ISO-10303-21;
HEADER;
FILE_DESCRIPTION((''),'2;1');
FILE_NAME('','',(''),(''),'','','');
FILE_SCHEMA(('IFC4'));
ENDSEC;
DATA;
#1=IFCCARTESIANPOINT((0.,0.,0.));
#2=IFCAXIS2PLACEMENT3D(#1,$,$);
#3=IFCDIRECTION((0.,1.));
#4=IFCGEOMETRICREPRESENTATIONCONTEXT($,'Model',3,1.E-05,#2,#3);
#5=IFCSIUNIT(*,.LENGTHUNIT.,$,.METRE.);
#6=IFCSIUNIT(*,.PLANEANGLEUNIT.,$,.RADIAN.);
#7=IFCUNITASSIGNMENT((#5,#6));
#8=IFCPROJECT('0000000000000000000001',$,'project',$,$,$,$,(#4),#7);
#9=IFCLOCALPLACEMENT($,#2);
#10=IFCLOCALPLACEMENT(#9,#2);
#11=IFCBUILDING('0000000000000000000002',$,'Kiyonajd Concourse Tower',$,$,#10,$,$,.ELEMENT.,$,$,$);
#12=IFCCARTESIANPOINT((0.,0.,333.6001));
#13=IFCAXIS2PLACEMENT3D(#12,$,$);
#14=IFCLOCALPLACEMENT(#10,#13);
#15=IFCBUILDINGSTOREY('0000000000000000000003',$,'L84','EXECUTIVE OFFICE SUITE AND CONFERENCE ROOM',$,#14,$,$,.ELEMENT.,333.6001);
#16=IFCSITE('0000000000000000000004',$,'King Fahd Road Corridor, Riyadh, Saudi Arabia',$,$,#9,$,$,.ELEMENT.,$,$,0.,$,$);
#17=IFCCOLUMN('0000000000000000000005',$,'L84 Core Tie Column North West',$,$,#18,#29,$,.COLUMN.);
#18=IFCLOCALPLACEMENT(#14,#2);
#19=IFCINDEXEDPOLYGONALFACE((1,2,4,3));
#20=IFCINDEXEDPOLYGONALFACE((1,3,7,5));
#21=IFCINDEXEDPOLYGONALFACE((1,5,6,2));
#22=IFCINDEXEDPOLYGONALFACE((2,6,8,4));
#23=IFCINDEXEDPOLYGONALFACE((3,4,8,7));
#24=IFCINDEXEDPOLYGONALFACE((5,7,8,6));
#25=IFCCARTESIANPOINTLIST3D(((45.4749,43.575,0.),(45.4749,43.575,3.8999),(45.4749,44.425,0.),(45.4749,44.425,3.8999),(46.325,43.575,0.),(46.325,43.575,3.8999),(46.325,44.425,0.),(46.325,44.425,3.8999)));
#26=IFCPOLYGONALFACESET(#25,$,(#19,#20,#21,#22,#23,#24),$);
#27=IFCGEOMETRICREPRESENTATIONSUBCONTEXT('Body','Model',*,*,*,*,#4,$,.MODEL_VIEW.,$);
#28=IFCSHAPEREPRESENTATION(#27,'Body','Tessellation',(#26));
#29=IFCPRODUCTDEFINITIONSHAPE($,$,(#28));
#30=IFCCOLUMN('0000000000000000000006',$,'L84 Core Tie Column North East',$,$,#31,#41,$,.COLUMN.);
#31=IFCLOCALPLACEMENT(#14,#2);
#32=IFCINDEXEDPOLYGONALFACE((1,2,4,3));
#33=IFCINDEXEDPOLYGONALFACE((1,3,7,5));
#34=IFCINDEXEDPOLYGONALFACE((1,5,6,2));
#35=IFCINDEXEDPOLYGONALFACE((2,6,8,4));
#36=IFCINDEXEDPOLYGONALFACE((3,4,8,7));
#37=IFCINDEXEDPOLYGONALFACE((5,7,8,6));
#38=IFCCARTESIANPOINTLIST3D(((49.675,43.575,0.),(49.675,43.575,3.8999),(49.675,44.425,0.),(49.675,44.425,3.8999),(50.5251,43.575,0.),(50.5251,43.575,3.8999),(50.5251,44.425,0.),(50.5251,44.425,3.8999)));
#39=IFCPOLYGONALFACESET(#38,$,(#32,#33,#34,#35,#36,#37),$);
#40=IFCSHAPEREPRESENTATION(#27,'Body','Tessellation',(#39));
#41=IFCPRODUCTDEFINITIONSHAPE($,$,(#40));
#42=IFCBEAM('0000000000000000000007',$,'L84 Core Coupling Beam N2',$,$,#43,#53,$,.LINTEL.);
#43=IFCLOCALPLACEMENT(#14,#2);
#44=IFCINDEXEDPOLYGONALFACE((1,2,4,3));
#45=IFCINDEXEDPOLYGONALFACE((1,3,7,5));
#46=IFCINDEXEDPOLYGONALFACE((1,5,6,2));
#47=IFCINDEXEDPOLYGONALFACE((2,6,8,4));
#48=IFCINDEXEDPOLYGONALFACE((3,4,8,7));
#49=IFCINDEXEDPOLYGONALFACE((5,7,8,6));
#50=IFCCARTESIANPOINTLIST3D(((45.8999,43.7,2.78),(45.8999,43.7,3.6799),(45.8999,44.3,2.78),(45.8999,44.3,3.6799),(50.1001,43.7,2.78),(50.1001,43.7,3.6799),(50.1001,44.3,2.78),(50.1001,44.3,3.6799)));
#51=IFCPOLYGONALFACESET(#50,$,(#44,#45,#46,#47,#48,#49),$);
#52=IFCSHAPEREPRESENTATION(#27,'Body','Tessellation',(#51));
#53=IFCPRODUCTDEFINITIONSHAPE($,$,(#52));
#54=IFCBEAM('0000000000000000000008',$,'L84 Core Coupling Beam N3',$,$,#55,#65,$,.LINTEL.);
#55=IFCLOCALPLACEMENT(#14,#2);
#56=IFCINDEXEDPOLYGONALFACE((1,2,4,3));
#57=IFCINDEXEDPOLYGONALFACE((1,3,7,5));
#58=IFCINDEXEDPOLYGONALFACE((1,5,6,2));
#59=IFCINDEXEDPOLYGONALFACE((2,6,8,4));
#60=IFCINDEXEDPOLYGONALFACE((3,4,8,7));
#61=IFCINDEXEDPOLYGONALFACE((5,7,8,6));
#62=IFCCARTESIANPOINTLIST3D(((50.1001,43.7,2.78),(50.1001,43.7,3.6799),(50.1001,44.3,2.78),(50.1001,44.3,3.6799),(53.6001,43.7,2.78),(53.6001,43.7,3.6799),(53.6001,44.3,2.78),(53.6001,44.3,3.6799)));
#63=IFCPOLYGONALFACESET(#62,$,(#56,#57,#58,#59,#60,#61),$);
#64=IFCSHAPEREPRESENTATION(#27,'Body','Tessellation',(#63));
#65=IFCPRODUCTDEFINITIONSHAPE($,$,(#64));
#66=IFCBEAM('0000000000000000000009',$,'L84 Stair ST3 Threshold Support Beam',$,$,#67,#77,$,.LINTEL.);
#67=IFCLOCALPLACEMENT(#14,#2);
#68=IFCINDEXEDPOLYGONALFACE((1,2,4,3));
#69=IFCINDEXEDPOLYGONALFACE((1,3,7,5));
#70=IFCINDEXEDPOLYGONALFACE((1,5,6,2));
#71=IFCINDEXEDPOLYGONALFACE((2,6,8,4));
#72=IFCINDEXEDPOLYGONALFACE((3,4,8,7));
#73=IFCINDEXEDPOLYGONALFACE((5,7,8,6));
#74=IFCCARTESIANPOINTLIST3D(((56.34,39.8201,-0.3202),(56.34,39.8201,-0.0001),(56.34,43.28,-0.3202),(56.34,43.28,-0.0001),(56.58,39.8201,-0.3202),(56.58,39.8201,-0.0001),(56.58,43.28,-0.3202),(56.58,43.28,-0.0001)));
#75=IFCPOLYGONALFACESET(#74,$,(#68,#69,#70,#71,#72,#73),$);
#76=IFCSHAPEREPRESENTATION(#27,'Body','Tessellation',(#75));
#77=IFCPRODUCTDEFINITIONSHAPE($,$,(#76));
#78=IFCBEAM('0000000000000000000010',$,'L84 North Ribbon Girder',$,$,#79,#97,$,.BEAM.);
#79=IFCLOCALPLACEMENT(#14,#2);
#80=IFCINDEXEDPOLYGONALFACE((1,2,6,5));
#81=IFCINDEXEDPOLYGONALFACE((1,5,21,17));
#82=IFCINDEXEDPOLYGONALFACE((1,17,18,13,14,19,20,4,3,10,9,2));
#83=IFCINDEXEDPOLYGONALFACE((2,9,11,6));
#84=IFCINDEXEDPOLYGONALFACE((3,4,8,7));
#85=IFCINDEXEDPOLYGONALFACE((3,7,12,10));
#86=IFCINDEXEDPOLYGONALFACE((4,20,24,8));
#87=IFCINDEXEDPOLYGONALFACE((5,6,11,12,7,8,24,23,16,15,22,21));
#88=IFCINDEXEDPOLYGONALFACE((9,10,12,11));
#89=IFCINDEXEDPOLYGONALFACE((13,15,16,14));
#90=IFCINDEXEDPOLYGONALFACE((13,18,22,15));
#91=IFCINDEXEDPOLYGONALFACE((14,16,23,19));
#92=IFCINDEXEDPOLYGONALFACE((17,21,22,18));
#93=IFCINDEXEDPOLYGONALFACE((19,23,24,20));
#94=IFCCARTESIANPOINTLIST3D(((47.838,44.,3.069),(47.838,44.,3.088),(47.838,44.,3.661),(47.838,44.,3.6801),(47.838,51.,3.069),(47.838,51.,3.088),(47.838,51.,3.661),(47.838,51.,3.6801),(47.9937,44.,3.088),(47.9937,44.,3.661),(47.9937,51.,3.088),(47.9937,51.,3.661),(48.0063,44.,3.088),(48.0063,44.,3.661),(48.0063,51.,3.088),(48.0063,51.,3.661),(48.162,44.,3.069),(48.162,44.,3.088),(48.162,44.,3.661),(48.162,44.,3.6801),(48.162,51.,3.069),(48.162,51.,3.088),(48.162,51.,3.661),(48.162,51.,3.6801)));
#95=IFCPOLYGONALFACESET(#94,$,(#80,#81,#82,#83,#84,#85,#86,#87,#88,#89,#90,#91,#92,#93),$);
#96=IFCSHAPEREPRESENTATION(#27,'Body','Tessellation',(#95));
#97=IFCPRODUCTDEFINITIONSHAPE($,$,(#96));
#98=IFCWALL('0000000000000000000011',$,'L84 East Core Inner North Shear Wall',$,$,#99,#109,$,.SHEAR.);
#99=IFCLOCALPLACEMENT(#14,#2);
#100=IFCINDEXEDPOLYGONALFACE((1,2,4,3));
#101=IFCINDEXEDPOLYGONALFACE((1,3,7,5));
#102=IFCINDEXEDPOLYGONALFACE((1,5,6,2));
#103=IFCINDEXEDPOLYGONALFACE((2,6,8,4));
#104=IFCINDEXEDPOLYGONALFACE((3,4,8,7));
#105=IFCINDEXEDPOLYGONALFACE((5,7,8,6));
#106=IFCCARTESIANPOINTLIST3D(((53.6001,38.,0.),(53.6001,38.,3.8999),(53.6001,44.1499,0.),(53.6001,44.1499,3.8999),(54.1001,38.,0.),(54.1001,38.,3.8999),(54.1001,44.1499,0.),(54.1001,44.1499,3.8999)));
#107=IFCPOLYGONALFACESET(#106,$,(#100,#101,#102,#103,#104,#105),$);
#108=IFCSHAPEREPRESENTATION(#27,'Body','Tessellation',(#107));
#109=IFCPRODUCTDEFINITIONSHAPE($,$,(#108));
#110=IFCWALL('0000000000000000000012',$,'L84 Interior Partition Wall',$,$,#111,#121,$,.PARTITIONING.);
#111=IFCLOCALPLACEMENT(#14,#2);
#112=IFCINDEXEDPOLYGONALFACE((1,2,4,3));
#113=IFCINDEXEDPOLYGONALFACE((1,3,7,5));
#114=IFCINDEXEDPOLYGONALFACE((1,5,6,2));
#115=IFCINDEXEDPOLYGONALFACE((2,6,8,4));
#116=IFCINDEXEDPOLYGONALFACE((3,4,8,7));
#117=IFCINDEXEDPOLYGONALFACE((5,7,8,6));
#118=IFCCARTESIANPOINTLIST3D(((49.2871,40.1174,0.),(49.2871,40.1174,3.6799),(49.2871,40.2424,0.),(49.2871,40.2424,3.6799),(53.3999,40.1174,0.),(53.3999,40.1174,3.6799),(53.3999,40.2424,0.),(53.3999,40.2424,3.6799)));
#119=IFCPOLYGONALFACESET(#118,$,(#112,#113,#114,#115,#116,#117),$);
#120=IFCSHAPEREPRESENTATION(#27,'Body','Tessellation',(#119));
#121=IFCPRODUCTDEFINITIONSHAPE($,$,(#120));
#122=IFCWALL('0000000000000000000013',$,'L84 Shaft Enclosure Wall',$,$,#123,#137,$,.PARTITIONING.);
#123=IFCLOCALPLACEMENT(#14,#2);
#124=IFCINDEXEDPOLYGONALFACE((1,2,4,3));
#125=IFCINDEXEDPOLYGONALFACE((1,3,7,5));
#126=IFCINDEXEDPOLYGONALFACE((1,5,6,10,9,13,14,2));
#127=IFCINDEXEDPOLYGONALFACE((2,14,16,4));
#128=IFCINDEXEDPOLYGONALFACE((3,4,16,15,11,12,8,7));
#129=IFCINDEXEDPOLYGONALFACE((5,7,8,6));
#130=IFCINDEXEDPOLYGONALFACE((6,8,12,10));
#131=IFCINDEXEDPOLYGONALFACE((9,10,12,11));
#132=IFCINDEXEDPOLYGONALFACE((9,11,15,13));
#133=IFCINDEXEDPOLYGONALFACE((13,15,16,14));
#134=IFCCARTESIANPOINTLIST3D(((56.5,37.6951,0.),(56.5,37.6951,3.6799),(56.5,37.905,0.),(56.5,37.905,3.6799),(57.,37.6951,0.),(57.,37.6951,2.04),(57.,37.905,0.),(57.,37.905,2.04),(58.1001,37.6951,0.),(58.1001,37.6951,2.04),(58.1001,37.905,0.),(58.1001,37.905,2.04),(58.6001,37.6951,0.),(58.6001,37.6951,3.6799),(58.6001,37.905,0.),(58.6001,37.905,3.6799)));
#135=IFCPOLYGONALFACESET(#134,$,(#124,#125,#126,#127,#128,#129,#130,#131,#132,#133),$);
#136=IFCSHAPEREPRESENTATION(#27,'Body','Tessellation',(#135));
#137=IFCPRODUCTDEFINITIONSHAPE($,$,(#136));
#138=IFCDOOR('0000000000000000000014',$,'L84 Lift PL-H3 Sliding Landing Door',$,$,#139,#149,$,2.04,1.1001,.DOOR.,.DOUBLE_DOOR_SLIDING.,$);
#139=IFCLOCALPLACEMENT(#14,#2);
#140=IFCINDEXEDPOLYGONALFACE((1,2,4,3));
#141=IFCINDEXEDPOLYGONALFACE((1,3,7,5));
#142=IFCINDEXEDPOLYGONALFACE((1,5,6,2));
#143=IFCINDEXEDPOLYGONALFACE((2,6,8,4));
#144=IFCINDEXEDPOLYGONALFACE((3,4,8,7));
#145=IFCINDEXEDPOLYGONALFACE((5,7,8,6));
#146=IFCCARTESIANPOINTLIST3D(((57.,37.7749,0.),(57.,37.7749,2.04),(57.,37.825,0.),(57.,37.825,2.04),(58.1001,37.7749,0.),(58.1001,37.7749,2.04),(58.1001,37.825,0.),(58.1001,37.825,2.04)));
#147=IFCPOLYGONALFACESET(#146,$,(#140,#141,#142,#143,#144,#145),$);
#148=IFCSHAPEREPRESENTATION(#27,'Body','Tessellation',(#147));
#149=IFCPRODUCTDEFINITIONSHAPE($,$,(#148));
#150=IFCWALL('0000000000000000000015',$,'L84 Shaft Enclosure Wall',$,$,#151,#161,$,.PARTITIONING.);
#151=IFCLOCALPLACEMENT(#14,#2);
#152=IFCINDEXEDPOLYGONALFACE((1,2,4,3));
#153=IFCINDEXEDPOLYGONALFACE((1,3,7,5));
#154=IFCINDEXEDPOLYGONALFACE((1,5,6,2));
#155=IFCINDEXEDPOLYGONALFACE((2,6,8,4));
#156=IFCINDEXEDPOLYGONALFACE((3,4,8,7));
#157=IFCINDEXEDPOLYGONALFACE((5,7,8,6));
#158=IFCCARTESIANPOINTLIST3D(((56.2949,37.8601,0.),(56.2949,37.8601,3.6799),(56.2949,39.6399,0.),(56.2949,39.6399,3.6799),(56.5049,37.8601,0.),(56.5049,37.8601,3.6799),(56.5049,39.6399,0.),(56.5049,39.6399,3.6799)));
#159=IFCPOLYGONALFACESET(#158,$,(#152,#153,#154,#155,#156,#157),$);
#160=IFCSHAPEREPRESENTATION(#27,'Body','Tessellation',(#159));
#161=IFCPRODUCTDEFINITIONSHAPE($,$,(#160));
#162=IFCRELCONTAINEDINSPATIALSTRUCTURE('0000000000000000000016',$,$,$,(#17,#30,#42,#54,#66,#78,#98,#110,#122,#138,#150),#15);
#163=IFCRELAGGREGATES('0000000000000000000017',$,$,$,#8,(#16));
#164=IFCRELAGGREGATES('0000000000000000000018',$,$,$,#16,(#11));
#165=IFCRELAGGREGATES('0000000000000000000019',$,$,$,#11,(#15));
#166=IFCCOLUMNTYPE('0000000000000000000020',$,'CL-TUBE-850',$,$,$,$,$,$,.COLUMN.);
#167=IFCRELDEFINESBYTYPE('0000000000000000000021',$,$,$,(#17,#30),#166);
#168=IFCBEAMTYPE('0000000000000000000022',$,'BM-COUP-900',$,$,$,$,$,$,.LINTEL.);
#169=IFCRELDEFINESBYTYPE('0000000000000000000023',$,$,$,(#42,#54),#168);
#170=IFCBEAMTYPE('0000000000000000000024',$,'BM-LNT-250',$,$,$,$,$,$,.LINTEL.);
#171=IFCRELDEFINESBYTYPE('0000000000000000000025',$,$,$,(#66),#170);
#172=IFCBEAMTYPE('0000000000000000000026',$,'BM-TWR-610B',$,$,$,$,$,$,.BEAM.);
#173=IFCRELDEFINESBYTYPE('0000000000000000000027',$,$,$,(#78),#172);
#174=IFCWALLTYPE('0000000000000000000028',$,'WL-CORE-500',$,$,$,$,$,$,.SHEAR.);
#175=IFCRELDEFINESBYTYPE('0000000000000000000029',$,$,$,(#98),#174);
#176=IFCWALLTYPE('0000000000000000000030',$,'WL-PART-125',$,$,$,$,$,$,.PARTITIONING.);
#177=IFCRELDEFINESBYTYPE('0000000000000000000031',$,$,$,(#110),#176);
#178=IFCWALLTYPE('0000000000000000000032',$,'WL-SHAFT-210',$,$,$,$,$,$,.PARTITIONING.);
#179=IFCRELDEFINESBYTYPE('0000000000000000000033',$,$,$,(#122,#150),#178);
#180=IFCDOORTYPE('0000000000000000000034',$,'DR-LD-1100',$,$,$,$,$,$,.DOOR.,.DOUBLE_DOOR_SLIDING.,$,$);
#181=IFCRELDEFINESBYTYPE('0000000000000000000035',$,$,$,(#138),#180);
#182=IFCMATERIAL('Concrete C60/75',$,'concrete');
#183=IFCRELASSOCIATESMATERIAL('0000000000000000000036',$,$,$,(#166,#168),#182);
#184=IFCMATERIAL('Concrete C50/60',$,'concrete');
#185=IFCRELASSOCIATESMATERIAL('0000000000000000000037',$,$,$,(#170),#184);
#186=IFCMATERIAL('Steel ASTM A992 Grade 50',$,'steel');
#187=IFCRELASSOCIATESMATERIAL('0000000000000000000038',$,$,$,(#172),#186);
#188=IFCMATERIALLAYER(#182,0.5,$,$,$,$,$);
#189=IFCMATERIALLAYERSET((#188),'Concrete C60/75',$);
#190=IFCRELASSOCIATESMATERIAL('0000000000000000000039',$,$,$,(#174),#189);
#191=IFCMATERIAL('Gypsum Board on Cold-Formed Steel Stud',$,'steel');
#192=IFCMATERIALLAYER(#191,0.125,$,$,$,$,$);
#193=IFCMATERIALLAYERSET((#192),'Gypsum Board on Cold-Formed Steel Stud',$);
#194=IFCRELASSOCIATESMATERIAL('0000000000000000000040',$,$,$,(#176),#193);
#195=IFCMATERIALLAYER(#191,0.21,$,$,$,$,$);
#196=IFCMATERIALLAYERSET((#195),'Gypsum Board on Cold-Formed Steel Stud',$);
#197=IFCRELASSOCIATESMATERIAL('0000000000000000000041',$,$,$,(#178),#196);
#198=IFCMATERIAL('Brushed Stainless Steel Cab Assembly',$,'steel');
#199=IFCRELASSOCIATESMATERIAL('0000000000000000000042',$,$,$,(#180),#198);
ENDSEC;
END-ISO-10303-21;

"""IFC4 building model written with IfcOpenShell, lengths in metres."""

from ifc_helpers import new_model, si_unit, direction, frame, frame_2d, origin, origin_2d, place, context, subcontext, project, spatial, rectangle, i_section, extrude, material, layer, layer_set, material_profile, profile_set, type_object, element, fill, save


model = new_model("IFC4")

# Units and contexts
model_context = context("Model", 3, precision=1e-05, world=origin(), true_north=direction((0.0, 1.0)))
body_context = subcontext(model_context, "Body", "Model", "MODEL_VIEW")
ifc_project = project(units=[si_unit("LENGTHUNIT", "METRE"), si_unit("PLANEANGLEUNIT", "RADIAN")], contexts=[model_context])

# Site, building, storey
site_placement = place(None, origin())
site = spatial("IfcSite", under=ifc_project, at=site_placement, Name="King Fahd Road Corridor, Riyadh, Saudi Arabia", CompositionType="ELEMENT", RefElevation=0.0)
building_placement = place(site_placement, origin())
building = spatial("IfcBuilding", under=site, at=building_placement, Name="Kiyonajd Concourse Tower", CompositionType="ELEMENT")
storey_placement = place(building_placement, frame((0.0, 0.0, 333.6001)))
storey = spatial("IfcBuildingStorey", under=building, at=storey_placement, Name="L84", Description="EXECUTIVE OFFICE SUITE AND CONFERENCE ROOM", CompositionType="ELEMENT", Elevation=333.6001)

# Columns
ifc_material_1 = material(Name="Concrete C60/75", Category="concrete")
ifc_material_profile_1 = material_profile(ifc_material_1, rectangle(XDim=0.8501, YDim=0.8501, at=origin_2d()), Name="RC-850x850")
ifc_profile_set_1 = profile_set([ifc_material_profile_1], Name="Concrete C60/75")
column_type = type_object("IfcColumnType", Name="CL-TUBE-850", PredefinedType="COLUMN", material=ifc_profile_set_1)
for number, where, z_axis, x_axis, name in (
    (1, (45.8999, 44.0, 0.0), (0.0, 0.0, 1.0), (1.0, 0.0, 0.0), "L84 Core Tie Column North West"),
    (2, (50.1001, 44.0, 0.0), (0.0, 0.0, 1.0), (1.0, 0.0, 0.0), "L84 Core Tie Column North East"),
):
    element("IfcColumn", number, at=place(storey_placement, frame(where, z_axis=z_axis, x_axis=x_axis)), inside=storey, type_object=column_type, Name=name, PredefinedType="COLUMN", context=body_context, shape_type="SweptSolid", body=[
        extrude(rectangle(XDim=0.8501, YDim=0.8501, at=origin_2d()), origin(), (0.0, 0.0, 1.0), 3.8999),
    ])

# Beams
ifc_material_profile_2 = material_profile(ifc_material_1, rectangle(XDim=0.6001, YDim=0.8999, at=origin_2d()), Name="RCBM-600x900")
ifc_profile_set_2 = profile_set([ifc_material_profile_2], Name="Concrete C60/75")
beam_type_1 = type_object("IfcBeamType", Name="BM-COUP-900", PredefinedType="LINTEL", material=ifc_profile_set_2)
beam_1_placement = place(storey_placement, frame((45.8999, 44.0, 3.23), z_axis=(1.0, 0.0, 0.0), x_axis=(0.0, 1.0, 0.0)))
element("IfcBeam", 3, at=beam_1_placement, inside=storey, type_object=beam_type_1, Name="L84 Core Coupling Beam N2", PredefinedType="LINTEL", context=body_context, shape_type="SweptSolid", body=[
    extrude(rectangle(XDim=0.6001, YDim=0.8999, at=origin_2d()), origin(), (0.0, 0.0, 1.0), 4.2002),
])
beam_2_placement = place(storey_placement, frame((50.1001, 44.0, 3.23), z_axis=(1.0, 0.0, 0.0), x_axis=(0.0, 1.0, 0.0)))
element("IfcBeam", 4, at=beam_2_placement, inside=storey, type_object=beam_type_1, Name="L84 Core Coupling Beam N3", PredefinedType="LINTEL", context=body_context, shape_type="SweptSolid", body=[
    extrude(rectangle(XDim=0.6001, YDim=0.8999, at=origin_2d()), origin(), (0.0, 0.0, 1.0), 3.5),
])
ifc_material_2 = material(Name="Concrete C50/60", Category="concrete")
ifc_material_profile_3 = material_profile(ifc_material_2, rectangle(XDim=0.24, YDim=0.3201, at=origin_2d()), Name="RCBM-240x320")
ifc_profile_set_3 = profile_set([ifc_material_profile_3], Name="Concrete C50/60")
beam_type_2 = type_object("IfcBeamType", Name="BM-LNT-250", PredefinedType="LINTEL", material=ifc_profile_set_3)
beam_3_placement = place(storey_placement, frame((56.46, 39.8201, -0.1602), z_axis=(0.0, 1.0, 0.0), x_axis=(-1.0, 0.0, 0.0)))
element("IfcBeam", 5, at=beam_3_placement, inside=storey, type_object=beam_type_2, Name="L84 Stair ST3 Threshold Support Beam", PredefinedType="LINTEL", context=body_context, shape_type="SweptSolid", body=[
    extrude(rectangle(XDim=0.24, YDim=0.3201, at=origin_2d()), origin(), (0.0, 0.0, 1.0), 3.46),
])
ifc_material_3 = material(Name="Steel ASTM A992 Grade 50", Category="steel")
ifc_material_profile_4 = material_profile(ifc_material_3, i_section(OverallWidth=0.324, OverallDepth=0.6111, WebThickness=0.0127, FlangeThickness=0.019, at=origin_2d()), Name="W610X155")
ifc_profile_set_4 = profile_set([ifc_material_profile_4], Name="Steel ASTM A992 Grade 50")
beam_type_3 = type_object("IfcBeamType", Name="BM-TWR-610B", PredefinedType="BEAM", material=ifc_profile_set_4)
beam_4_placement = place(storey_placement, frame((48.0, 44.0, 3.3745), z_axis=(0.0, 1.0, 0.0), x_axis=(-1.0, 0.0, 0.0)))
element("IfcBeam", 6, at=beam_4_placement, inside=storey, type_object=beam_type_3, Name="L84 North Ribbon Girder", PredefinedType="BEAM", context=body_context, shape_type="SweptSolid", body=[
    extrude(i_section(OverallWidth=0.324, OverallDepth=0.6111, WebThickness=0.0127, FlangeThickness=0.019, at=origin_2d()), origin(), (0.0, 0.0, 1.0), 7.0),
])

# Walls
ifc_layer_1 = layer(ifc_material_1, 0.5)
ifc_layer_set_1 = layer_set([ifc_layer_1], Name="Concrete C60/75")
wall_type_1 = type_object("IfcWallType", Name="WL-CORE-500", PredefinedType="SHEAR", material=ifc_layer_set_1)
wall_1_placement = place(storey_placement, frame((53.8501, 38.0, 0.0), z_axis=(0.0, 0.0, 1.0), x_axis=(0.0, 1.0, 0.0)))
element("IfcWall", 7, at=wall_1_placement, inside=storey, type_object=wall_type_1, Name="L84 East Core Inner North Shear Wall", PredefinedType="SHEAR", context=body_context, shape_type="SweptSolid", body=[
    extrude(rectangle(XDim=6.1499, YDim=0.5, at=frame_2d((3.075, 0.0))), origin(), (0.0, 0.0, 1.0), 3.8999),
])
ifc_material_4 = material(Name="Gypsum Board on Cold-Formed Steel Stud", Category="steel")
ifc_layer_2 = layer(ifc_material_4, 0.125)
ifc_layer_set_2 = layer_set([ifc_layer_2], Name="Gypsum Board on Cold-Formed Steel Stud")
wall_type_2 = type_object("IfcWallType", Name="WL-PART-125", PredefinedType="PARTITIONING", material=ifc_layer_set_2)
wall_2_placement = place(storey_placement, frame((49.2871, 40.1799, 0.0), z_axis=(0.0, 0.0, 1.0), x_axis=(1.0, 0.0, 0.0)))
element("IfcWall", 8, at=wall_2_placement, inside=storey, type_object=wall_type_2, Name="L84 Interior Partition Wall", PredefinedType="PARTITIONING", context=body_context, shape_type="SweptSolid", body=[
    extrude(rectangle(XDim=4.1128, YDim=0.125, at=frame_2d((2.0564, 0.0))), origin(), (0.0, 0.0, 1.0), 3.6799),
])

# Wall, opening, door
ifc_layer_3 = layer(ifc_material_4, 0.21)
ifc_layer_set_3 = layer_set([ifc_layer_3], Name="Gypsum Board on Cold-Formed Steel Stud")
wall_type_3 = type_object("IfcWallType", Name="WL-SHAFT-210", PredefinedType="PARTITIONING", material=ifc_layer_set_3)
wall_3_placement = place(storey_placement, frame((56.5, 37.8, 0.0), z_axis=(0.0, 0.0, 1.0), x_axis=(1.0, 0.0, 0.0)))
wall_3 = element("IfcWall", 9, at=wall_3_placement, inside=storey, type_object=wall_type_3, Name="L84 Shaft Enclosure Wall", PredefinedType="PARTITIONING", context=body_context, shape_type="SweptSolid", body=[
    extrude(rectangle(XDim=2.1001, YDim=0.21, at=frame_2d((1.05, 0.0))), origin(), (0.0, 0.0, 1.0), 3.6799),
])
opening_1_placement = place(wall_3_placement, frame((0.5, 0.0, 0.0)))
opening_1 = element("IfcOpeningElement", 10, at=opening_1_placement, cuts=wall_3, PredefinedType="OPENING", context=body_context, shape_type="SweptSolid", body=[
    extrude(rectangle(XDim=1.1001, YDim=2.04, at=frame_2d((0.55, 1.02))), frame((0.0, 0.115, 0.0), z_axis=(0.0, -1.0, 0.0), x_axis=(1.0, 0.0, 0.0)), (0.0, 0.0, 1.0), 0.23),
])
ifc_material_5 = material(Name="Brushed Stainless Steel Cab Assembly", Category="steel")
door_type_1 = type_object("IfcDoorType", Name="DR-LD-1100", OperationType="DOUBLE_DOOR_SLIDING", PredefinedType="DOOR", material=ifc_material_5)
door_1_placement = place(opening_1_placement, origin())
door_1 = element("IfcDoor", 11, at=door_1_placement, inside=storey, type_object=door_type_1, Name="L84 Lift PL-H3 Sliding Landing Door", OperationType="DOUBLE_DOOR_SLIDING", OverallHeight=2.04, OverallWidth=1.1001, PredefinedType="DOOR", context=body_context, shape_type="SweptSolid", body=[
    extrude(rectangle(XDim=1.1001, YDim=2.04, at=frame_2d((0.55, 1.02))), frame((0.0, 0.0249, 0.0), z_axis=(0.0, -1.0, 0.0), x_axis=(1.0, 0.0, 0.0)), (0.0, 0.0, 1.0), 0.05),
])
fill(opening_1, door_1)

# Wall
wall_4_placement = place(storey_placement, frame((56.3999, 37.8601, 0.0), z_axis=(0.0, 0.0, 1.0), x_axis=(0.0, 1.0, 0.0)))
element("IfcWall", 12, at=wall_4_placement, inside=storey, type_object=wall_type_3, Name="L84 Shaft Enclosure Wall", PredefinedType="PARTITIONING", context=body_context, shape_type="SweptSolid", body=[
    extrude(rectangle(XDim=1.7798, YDim=0.21, at=frame_2d((0.8899, 0.0))), origin(), (0.0, 0.0, 1.0), 3.6799),
])

save(model, "model.ifc")
